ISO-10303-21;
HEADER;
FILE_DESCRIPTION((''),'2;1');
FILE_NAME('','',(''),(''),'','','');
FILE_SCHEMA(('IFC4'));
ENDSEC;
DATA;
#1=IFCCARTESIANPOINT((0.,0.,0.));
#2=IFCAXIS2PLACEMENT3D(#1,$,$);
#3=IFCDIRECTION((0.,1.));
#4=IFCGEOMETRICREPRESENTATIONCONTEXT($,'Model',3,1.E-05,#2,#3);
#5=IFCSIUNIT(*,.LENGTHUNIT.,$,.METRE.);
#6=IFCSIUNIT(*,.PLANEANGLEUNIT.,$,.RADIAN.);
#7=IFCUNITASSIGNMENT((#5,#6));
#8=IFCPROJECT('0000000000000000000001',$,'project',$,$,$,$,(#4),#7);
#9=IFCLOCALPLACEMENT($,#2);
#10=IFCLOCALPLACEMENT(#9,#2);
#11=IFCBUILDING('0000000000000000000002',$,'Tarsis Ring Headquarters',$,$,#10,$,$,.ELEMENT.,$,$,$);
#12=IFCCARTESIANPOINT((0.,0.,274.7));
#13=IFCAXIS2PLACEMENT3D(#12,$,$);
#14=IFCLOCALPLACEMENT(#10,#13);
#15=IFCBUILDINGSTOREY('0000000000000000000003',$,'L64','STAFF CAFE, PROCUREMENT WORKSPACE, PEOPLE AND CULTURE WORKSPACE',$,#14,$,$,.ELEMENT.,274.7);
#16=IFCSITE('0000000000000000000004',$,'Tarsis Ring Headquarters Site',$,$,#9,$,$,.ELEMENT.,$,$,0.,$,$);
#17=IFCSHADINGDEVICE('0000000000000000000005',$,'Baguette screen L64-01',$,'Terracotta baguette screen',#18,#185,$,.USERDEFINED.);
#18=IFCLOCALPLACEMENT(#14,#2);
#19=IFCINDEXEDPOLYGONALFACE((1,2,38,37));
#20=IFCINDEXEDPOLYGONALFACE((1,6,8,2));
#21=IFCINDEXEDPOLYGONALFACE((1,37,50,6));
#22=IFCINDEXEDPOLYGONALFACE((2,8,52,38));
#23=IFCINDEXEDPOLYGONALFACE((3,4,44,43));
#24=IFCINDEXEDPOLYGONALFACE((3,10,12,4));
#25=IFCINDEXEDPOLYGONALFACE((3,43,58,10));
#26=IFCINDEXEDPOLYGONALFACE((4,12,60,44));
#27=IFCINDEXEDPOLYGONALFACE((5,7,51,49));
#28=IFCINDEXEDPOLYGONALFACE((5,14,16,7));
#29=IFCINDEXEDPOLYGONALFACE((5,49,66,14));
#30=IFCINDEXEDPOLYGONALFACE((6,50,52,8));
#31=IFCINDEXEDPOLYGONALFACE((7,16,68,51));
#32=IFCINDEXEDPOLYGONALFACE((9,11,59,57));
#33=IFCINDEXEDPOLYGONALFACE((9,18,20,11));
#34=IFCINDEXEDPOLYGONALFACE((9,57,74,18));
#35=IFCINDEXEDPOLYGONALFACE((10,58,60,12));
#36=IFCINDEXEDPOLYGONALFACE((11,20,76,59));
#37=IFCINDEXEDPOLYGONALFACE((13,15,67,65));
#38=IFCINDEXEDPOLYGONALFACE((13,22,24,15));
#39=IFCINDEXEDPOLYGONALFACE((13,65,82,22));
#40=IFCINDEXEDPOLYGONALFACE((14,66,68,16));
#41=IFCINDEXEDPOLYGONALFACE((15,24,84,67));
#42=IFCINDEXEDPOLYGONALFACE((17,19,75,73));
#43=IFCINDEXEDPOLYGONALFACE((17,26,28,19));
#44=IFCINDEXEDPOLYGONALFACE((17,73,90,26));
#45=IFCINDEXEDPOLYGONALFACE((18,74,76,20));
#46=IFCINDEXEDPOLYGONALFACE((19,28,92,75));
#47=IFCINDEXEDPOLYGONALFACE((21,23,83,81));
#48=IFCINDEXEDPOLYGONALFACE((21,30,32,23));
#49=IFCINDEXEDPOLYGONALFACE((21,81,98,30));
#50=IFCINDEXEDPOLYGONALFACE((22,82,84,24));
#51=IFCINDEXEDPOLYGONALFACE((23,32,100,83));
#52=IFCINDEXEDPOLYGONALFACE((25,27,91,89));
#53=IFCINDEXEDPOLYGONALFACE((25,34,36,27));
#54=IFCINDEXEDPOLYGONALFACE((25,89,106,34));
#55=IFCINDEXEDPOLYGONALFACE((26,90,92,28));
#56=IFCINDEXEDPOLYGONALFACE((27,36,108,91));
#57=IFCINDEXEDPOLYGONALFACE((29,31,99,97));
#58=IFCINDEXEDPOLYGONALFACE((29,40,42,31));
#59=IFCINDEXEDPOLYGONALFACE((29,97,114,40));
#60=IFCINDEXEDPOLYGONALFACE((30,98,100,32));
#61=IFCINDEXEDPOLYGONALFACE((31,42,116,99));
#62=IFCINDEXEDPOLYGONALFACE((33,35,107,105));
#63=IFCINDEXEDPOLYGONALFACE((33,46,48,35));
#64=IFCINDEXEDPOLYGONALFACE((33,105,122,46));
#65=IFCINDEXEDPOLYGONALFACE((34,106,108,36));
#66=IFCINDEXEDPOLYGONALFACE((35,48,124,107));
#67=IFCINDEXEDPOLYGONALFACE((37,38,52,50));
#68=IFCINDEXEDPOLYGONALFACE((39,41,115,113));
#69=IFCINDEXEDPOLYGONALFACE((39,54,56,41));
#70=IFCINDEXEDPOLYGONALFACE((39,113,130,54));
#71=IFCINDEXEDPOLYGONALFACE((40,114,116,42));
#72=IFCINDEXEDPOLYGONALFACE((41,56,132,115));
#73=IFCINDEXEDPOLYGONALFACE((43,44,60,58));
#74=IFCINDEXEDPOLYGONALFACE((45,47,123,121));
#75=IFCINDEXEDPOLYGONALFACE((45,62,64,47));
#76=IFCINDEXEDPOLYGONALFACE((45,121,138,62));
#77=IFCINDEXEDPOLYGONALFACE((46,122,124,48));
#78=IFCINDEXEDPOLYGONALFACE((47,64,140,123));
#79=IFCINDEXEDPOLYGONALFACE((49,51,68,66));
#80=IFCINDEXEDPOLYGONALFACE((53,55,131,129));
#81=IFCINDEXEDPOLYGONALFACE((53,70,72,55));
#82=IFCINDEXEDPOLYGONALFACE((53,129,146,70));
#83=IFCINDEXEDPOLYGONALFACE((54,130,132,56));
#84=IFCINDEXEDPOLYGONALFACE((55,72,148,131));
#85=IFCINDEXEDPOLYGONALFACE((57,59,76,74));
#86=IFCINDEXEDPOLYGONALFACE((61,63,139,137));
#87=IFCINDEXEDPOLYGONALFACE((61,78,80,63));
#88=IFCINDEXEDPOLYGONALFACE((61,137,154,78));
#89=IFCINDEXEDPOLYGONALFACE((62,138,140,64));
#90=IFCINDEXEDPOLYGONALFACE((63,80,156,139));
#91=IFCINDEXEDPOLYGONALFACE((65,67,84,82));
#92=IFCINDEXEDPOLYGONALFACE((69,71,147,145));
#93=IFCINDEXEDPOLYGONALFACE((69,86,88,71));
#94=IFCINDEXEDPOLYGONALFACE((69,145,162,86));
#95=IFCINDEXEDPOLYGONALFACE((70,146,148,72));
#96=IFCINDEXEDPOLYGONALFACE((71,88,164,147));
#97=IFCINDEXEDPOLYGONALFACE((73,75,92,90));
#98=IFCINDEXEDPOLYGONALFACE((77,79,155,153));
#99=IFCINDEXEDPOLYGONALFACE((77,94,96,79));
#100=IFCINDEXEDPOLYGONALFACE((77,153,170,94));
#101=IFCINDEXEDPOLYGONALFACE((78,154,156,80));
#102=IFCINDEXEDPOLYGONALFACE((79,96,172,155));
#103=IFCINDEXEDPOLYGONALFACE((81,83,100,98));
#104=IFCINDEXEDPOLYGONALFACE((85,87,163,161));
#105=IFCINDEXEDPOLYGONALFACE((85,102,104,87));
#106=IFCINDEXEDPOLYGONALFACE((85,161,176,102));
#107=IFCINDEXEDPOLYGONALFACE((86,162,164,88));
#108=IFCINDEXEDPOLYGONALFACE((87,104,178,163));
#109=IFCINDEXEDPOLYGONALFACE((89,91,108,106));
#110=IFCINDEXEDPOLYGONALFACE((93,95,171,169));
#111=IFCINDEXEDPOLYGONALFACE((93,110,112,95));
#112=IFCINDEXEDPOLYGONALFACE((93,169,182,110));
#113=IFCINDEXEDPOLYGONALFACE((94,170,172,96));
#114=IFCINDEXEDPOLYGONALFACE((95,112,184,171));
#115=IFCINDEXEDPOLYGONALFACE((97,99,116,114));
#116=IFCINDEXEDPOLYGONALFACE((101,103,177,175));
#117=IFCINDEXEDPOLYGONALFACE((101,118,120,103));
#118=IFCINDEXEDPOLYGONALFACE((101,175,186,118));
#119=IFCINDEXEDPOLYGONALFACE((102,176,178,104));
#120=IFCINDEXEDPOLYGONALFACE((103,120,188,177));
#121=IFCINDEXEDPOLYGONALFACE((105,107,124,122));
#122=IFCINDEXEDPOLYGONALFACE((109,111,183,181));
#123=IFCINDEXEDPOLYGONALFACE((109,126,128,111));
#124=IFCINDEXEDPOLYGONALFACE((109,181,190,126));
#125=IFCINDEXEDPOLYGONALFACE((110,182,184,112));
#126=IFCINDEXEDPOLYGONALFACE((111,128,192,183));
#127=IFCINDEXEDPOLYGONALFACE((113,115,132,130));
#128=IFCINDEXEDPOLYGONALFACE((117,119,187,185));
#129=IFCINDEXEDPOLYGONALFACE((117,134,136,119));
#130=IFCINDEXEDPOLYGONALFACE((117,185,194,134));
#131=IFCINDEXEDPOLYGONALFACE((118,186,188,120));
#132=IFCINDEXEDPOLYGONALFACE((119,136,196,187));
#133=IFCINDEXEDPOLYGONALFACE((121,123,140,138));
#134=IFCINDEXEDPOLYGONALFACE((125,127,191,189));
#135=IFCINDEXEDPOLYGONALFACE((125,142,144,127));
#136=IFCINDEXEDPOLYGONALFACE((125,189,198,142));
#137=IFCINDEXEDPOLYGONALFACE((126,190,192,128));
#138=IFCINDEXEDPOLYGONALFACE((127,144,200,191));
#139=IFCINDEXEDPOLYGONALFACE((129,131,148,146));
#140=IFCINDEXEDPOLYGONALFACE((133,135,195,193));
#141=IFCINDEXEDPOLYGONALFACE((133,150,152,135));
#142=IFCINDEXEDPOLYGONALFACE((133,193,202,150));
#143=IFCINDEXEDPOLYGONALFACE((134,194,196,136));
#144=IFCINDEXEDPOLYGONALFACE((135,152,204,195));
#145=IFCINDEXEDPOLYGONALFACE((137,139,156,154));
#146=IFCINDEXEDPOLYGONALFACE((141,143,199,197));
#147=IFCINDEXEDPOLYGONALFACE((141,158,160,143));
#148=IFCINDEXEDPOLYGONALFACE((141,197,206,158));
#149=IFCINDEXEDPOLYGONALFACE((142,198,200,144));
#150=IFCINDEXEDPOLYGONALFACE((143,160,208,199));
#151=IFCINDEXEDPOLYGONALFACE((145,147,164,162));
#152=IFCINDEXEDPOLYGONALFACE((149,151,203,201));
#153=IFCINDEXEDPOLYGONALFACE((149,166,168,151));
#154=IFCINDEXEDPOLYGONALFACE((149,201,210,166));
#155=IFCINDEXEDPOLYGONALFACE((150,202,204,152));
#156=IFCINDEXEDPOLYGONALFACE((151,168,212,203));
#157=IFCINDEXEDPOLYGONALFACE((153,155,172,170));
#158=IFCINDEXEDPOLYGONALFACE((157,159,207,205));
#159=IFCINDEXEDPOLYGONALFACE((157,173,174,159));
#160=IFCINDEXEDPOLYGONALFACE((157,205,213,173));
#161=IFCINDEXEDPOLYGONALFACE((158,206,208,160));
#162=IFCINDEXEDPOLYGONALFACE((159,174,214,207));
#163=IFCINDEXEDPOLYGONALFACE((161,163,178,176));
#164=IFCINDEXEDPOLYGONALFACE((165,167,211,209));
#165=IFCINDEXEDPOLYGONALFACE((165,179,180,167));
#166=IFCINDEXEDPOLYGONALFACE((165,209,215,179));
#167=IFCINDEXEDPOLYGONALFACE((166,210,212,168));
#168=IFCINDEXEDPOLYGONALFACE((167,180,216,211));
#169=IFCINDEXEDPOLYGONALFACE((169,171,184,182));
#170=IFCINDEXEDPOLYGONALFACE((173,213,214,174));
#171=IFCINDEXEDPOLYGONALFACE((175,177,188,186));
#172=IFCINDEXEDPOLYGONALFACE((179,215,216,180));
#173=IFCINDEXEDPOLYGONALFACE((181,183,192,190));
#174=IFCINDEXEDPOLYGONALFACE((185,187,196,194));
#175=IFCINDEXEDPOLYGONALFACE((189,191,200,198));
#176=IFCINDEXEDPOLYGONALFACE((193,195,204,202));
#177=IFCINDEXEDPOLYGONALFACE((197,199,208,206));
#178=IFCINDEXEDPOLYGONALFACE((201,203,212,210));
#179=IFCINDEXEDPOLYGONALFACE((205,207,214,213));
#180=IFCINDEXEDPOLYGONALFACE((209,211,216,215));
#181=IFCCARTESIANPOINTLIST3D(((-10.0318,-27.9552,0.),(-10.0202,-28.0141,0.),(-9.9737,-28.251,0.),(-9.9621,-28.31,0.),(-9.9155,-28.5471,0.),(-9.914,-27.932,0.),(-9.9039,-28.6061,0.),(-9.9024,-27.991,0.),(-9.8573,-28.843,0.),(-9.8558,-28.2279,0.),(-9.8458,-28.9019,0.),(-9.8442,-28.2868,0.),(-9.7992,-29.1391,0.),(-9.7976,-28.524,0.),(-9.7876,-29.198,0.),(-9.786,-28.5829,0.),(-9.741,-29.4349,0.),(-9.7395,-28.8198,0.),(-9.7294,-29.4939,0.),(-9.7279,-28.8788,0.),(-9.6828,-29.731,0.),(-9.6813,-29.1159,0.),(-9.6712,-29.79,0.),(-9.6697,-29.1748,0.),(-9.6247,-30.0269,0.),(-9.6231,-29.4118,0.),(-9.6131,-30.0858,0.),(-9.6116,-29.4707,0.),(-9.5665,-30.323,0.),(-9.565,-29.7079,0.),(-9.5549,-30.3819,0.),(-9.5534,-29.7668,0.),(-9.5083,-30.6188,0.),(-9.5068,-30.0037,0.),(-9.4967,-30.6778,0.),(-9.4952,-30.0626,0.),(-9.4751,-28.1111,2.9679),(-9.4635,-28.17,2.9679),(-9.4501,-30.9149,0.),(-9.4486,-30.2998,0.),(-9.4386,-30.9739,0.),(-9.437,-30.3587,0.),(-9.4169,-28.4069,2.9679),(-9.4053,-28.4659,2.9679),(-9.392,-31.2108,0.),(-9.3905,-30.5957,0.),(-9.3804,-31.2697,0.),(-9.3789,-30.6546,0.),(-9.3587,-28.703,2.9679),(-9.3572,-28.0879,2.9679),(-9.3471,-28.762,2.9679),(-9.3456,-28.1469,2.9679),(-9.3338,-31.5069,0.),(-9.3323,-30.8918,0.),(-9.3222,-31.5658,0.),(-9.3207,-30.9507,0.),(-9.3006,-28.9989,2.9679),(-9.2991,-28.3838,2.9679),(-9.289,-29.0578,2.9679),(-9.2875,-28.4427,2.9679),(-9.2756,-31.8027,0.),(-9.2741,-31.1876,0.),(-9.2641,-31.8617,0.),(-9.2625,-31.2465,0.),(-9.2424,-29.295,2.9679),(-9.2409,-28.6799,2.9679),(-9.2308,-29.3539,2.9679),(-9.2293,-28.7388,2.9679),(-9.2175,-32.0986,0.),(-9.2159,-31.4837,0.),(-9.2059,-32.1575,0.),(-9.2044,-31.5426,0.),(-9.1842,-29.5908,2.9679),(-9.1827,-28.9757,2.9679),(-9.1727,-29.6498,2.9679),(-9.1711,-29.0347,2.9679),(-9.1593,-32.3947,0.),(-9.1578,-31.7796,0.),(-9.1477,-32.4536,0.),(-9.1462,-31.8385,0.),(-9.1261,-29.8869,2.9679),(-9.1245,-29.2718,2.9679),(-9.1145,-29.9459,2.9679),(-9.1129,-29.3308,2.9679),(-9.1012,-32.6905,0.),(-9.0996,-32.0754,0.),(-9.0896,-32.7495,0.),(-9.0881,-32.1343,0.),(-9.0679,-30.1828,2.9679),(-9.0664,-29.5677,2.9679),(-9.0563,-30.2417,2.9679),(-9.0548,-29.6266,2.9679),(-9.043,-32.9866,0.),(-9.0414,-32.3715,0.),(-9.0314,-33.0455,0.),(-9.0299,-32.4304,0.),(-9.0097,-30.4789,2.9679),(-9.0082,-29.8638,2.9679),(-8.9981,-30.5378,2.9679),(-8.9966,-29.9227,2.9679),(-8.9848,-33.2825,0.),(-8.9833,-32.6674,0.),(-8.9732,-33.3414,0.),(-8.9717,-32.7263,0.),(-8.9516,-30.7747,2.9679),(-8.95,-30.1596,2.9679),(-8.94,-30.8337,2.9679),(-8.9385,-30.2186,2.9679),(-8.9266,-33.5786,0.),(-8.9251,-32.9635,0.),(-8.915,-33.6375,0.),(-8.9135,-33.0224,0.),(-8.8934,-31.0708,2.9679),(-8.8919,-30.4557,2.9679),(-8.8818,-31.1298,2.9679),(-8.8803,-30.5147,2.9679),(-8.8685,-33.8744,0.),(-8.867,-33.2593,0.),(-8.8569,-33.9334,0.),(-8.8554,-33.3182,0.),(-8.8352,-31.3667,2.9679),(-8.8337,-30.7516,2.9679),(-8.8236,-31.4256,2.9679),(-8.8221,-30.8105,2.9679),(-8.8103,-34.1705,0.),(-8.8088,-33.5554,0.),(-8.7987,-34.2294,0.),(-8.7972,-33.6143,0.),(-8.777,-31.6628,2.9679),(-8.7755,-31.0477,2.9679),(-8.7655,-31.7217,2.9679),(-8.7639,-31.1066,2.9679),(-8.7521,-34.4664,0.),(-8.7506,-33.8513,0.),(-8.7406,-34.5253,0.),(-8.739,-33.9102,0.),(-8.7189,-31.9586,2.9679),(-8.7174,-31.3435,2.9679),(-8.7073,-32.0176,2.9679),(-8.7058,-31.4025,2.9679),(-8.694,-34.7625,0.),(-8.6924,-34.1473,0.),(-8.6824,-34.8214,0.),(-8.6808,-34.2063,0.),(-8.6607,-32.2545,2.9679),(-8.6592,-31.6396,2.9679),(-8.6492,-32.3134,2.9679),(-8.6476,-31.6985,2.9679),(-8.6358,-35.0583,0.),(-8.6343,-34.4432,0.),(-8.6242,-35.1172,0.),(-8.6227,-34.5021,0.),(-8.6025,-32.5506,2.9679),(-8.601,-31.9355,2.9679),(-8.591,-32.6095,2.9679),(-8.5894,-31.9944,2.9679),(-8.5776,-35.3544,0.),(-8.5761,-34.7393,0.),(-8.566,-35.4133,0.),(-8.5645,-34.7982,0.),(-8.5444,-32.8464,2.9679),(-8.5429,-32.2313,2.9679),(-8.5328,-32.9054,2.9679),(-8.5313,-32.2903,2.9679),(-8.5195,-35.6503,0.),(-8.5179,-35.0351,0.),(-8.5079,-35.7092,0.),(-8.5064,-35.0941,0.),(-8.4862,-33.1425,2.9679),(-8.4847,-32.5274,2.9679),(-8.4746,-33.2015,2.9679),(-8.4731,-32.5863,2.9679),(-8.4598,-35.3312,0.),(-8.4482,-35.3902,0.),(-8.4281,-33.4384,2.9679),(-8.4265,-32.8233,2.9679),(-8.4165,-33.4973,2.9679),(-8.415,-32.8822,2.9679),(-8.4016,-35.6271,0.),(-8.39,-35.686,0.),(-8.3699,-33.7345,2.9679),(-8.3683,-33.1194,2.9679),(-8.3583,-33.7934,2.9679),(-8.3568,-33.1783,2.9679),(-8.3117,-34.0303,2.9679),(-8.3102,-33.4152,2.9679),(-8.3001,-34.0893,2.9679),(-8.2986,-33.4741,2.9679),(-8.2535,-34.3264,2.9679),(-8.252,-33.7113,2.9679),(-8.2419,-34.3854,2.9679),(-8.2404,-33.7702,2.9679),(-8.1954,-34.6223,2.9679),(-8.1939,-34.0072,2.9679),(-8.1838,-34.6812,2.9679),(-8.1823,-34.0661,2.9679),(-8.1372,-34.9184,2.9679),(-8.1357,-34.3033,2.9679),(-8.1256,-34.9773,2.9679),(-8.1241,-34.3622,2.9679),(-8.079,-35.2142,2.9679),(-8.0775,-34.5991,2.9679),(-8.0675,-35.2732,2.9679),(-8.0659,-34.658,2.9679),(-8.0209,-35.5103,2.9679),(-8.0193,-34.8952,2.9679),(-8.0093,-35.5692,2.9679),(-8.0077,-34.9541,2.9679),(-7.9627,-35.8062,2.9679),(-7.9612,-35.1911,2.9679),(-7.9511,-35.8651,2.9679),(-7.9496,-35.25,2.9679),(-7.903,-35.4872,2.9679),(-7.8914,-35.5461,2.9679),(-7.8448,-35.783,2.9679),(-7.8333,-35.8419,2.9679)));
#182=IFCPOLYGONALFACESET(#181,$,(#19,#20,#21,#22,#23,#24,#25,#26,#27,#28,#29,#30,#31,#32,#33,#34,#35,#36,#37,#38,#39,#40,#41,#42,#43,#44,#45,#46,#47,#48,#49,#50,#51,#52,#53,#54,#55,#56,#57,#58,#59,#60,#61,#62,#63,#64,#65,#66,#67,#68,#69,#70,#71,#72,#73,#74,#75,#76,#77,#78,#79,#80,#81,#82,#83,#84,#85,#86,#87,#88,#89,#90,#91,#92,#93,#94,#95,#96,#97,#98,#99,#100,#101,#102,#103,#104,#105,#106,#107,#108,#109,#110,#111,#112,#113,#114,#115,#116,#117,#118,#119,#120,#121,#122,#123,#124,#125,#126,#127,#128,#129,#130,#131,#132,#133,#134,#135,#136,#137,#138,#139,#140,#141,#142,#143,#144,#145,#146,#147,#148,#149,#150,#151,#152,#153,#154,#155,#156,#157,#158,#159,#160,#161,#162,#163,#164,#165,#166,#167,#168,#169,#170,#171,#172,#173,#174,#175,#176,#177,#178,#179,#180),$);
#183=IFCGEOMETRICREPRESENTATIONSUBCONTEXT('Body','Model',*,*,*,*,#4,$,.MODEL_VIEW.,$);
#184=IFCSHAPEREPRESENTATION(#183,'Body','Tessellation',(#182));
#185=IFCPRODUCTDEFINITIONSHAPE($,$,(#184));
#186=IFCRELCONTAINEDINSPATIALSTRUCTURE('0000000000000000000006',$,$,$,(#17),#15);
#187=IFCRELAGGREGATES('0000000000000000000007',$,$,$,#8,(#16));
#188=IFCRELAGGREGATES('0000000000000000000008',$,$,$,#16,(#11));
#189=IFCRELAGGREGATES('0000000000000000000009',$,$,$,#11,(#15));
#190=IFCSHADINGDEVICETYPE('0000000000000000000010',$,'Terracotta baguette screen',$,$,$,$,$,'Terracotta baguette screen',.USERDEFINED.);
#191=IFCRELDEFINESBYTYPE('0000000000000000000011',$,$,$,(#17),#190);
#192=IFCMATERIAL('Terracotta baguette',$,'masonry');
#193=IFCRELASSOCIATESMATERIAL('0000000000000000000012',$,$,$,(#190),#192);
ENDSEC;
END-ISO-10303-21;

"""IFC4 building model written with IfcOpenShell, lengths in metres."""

from ifc_helpers import new_model, si_unit, direction, frame, frame_2d, origin, place, context, subcontext, project, spatial, rectangle, composite_profile, extrude, material, type_object, element, save


model = new_model("IFC4")

# Units and contexts
model_context = context("Model", 3, precision=1e-05, world=origin(), true_north=direction((0.0, 1.0)))
body_context = subcontext(model_context, "Body", "Model", "MODEL_VIEW")
ifc_project = project(units=[si_unit("LENGTHUNIT", "METRE"), si_unit("PLANEANGLEUNIT", "RADIAN")], contexts=[model_context])

# Site, building, storey
site_placement = place(None, origin())
site = spatial("IfcSite", under=ifc_project, at=site_placement, Name="Tarsis Ring Headquarters Site", CompositionType="ELEMENT", RefElevation=0.0)
building_placement = place(site_placement, origin())
building = spatial("IfcBuilding", under=site, at=building_placement, Name="Tarsis Ring Headquarters", CompositionType="ELEMENT")
storey_placement = place(building_placement, frame((0.0, 0.0, 274.7)))
storey = spatial("IfcBuildingStorey", under=building, at=storey_placement, Name="L64", Description="STAFF CAFE, PROCUREMENT WORKSPACE, PEOPLE AND CULTURE WORKSPACE", CompositionType="ELEMENT", Elevation=274.7)

# Shading device
ifc_material_1 = material(Name="Terracotta baguette", Category="masonry")
shading_device_type_1 = type_object("IfcShadingDeviceType", Name="Terracotta baguette screen", ElementType="Terracotta baguette screen", PredefinedType="USERDEFINED", material=ifc_material_1)
shading_device_1_placement = place(storey_placement, frame((-9.9729, -27.9436, 0.0), z_axis=(0.0, 0.0, 1.0), x_axis=(0.192845, -0.981216, 0.0)))
element("IfcShadingDevice", 1, at=shading_device_1_placement, inside=storey, type_object=shading_device_type_1, Name="Baguette screen L64-01", ObjectType="Terracotta baguette screen", PredefinedType="USERDEFINED", context=body_context, shape_type="SweptSolid", body=[
    extrude(composite_profile([rectangle(XDim=0.0601, YDim=0.1201, at=frame_2d((0.03, 0.0))), rectangle(XDim=0.0601, YDim=0.1201, at=frame_2d((0.3315, 0.0))), rectangle(XDim=0.0601, YDim=0.1201, at=frame_2d((0.6333, 0.0))), rectangle(XDim=0.0601, YDim=0.1201, at=frame_2d((0.9348, 0.0))), rectangle(XDim=0.0601, YDim=0.1201, at=frame_2d((1.2366, 0.0))), rectangle(XDim=0.0601, YDim=0.1201, at=frame_2d((1.5381, 0.0))), rectangle(XDim=0.0601, YDim=0.1201, at=frame_2d((1.8398, 0.0))), rectangle(XDim=0.0601, YDim=0.1201, at=frame_2d((2.1414, 0.0))), rectangle(XDim=0.0601, YDim=0.1201, at=frame_2d((2.4431, 0.0))), rectangle(XDim=0.0601, YDim=0.1201, at=frame_2d((2.7446, 0.0))), rectangle(XDim=0.0601, YDim=0.1201, at=frame_2d((3.0464, 0.0))), rectangle(XDim=0.0601, YDim=0.1201, at=frame_2d((3.3479, 0.0))), rectangle(XDim=0.0601, YDim=0.1201, at=frame_2d((3.6497, 0.0))), rectangle(XDim=0.0601, YDim=0.1201, at=frame_2d((3.9512, 0.0))), rectangle(XDim=0.0601, YDim=0.1201, at=frame_2d((4.2527, 0.0))), rectangle(XDim=0.0601, YDim=0.1201, at=frame_2d((4.5544, 0.0))), rectangle(XDim=0.0601, YDim=0.1201, at=frame_2d((4.856, 0.0))), rectangle(XDim=0.0601, YDim=0.1201, at=frame_2d((5.1577, 0.0))), rectangle(XDim=0.0601, YDim=0.1201, at=frame_2d((5.4592, 0.0))), rectangle(XDim=0.0601, YDim=0.1201, at=frame_2d((5.761, 0.0))), rectangle(XDim=0.0601, YDim=0.1201, at=frame_2d((6.0625, 0.0))), rectangle(XDim=0.0601, YDim=0.1201, at=frame_2d((6.3643, 0.0))), rectangle(XDim=0.0601, YDim=0.1201, at=frame_2d((6.6658, 0.0))), rectangle(XDim=0.0601, YDim=0.1201, at=frame_2d((6.9675, 0.0))), rectangle(XDim=0.0601, YDim=0.1201, at=frame_2d((7.269, 0.0))), rectangle(XDim=0.0601, YDim=0.1201, at=frame_2d((7.5708, 0.0))), rectangle(XDim=0.0601, YDim=0.1201, at=frame_2d((7.8723, 0.0)))]), origin(), (0.086105, 0.170733, 0.981548), 3.0237),
])

save(model, "model.ifc")
